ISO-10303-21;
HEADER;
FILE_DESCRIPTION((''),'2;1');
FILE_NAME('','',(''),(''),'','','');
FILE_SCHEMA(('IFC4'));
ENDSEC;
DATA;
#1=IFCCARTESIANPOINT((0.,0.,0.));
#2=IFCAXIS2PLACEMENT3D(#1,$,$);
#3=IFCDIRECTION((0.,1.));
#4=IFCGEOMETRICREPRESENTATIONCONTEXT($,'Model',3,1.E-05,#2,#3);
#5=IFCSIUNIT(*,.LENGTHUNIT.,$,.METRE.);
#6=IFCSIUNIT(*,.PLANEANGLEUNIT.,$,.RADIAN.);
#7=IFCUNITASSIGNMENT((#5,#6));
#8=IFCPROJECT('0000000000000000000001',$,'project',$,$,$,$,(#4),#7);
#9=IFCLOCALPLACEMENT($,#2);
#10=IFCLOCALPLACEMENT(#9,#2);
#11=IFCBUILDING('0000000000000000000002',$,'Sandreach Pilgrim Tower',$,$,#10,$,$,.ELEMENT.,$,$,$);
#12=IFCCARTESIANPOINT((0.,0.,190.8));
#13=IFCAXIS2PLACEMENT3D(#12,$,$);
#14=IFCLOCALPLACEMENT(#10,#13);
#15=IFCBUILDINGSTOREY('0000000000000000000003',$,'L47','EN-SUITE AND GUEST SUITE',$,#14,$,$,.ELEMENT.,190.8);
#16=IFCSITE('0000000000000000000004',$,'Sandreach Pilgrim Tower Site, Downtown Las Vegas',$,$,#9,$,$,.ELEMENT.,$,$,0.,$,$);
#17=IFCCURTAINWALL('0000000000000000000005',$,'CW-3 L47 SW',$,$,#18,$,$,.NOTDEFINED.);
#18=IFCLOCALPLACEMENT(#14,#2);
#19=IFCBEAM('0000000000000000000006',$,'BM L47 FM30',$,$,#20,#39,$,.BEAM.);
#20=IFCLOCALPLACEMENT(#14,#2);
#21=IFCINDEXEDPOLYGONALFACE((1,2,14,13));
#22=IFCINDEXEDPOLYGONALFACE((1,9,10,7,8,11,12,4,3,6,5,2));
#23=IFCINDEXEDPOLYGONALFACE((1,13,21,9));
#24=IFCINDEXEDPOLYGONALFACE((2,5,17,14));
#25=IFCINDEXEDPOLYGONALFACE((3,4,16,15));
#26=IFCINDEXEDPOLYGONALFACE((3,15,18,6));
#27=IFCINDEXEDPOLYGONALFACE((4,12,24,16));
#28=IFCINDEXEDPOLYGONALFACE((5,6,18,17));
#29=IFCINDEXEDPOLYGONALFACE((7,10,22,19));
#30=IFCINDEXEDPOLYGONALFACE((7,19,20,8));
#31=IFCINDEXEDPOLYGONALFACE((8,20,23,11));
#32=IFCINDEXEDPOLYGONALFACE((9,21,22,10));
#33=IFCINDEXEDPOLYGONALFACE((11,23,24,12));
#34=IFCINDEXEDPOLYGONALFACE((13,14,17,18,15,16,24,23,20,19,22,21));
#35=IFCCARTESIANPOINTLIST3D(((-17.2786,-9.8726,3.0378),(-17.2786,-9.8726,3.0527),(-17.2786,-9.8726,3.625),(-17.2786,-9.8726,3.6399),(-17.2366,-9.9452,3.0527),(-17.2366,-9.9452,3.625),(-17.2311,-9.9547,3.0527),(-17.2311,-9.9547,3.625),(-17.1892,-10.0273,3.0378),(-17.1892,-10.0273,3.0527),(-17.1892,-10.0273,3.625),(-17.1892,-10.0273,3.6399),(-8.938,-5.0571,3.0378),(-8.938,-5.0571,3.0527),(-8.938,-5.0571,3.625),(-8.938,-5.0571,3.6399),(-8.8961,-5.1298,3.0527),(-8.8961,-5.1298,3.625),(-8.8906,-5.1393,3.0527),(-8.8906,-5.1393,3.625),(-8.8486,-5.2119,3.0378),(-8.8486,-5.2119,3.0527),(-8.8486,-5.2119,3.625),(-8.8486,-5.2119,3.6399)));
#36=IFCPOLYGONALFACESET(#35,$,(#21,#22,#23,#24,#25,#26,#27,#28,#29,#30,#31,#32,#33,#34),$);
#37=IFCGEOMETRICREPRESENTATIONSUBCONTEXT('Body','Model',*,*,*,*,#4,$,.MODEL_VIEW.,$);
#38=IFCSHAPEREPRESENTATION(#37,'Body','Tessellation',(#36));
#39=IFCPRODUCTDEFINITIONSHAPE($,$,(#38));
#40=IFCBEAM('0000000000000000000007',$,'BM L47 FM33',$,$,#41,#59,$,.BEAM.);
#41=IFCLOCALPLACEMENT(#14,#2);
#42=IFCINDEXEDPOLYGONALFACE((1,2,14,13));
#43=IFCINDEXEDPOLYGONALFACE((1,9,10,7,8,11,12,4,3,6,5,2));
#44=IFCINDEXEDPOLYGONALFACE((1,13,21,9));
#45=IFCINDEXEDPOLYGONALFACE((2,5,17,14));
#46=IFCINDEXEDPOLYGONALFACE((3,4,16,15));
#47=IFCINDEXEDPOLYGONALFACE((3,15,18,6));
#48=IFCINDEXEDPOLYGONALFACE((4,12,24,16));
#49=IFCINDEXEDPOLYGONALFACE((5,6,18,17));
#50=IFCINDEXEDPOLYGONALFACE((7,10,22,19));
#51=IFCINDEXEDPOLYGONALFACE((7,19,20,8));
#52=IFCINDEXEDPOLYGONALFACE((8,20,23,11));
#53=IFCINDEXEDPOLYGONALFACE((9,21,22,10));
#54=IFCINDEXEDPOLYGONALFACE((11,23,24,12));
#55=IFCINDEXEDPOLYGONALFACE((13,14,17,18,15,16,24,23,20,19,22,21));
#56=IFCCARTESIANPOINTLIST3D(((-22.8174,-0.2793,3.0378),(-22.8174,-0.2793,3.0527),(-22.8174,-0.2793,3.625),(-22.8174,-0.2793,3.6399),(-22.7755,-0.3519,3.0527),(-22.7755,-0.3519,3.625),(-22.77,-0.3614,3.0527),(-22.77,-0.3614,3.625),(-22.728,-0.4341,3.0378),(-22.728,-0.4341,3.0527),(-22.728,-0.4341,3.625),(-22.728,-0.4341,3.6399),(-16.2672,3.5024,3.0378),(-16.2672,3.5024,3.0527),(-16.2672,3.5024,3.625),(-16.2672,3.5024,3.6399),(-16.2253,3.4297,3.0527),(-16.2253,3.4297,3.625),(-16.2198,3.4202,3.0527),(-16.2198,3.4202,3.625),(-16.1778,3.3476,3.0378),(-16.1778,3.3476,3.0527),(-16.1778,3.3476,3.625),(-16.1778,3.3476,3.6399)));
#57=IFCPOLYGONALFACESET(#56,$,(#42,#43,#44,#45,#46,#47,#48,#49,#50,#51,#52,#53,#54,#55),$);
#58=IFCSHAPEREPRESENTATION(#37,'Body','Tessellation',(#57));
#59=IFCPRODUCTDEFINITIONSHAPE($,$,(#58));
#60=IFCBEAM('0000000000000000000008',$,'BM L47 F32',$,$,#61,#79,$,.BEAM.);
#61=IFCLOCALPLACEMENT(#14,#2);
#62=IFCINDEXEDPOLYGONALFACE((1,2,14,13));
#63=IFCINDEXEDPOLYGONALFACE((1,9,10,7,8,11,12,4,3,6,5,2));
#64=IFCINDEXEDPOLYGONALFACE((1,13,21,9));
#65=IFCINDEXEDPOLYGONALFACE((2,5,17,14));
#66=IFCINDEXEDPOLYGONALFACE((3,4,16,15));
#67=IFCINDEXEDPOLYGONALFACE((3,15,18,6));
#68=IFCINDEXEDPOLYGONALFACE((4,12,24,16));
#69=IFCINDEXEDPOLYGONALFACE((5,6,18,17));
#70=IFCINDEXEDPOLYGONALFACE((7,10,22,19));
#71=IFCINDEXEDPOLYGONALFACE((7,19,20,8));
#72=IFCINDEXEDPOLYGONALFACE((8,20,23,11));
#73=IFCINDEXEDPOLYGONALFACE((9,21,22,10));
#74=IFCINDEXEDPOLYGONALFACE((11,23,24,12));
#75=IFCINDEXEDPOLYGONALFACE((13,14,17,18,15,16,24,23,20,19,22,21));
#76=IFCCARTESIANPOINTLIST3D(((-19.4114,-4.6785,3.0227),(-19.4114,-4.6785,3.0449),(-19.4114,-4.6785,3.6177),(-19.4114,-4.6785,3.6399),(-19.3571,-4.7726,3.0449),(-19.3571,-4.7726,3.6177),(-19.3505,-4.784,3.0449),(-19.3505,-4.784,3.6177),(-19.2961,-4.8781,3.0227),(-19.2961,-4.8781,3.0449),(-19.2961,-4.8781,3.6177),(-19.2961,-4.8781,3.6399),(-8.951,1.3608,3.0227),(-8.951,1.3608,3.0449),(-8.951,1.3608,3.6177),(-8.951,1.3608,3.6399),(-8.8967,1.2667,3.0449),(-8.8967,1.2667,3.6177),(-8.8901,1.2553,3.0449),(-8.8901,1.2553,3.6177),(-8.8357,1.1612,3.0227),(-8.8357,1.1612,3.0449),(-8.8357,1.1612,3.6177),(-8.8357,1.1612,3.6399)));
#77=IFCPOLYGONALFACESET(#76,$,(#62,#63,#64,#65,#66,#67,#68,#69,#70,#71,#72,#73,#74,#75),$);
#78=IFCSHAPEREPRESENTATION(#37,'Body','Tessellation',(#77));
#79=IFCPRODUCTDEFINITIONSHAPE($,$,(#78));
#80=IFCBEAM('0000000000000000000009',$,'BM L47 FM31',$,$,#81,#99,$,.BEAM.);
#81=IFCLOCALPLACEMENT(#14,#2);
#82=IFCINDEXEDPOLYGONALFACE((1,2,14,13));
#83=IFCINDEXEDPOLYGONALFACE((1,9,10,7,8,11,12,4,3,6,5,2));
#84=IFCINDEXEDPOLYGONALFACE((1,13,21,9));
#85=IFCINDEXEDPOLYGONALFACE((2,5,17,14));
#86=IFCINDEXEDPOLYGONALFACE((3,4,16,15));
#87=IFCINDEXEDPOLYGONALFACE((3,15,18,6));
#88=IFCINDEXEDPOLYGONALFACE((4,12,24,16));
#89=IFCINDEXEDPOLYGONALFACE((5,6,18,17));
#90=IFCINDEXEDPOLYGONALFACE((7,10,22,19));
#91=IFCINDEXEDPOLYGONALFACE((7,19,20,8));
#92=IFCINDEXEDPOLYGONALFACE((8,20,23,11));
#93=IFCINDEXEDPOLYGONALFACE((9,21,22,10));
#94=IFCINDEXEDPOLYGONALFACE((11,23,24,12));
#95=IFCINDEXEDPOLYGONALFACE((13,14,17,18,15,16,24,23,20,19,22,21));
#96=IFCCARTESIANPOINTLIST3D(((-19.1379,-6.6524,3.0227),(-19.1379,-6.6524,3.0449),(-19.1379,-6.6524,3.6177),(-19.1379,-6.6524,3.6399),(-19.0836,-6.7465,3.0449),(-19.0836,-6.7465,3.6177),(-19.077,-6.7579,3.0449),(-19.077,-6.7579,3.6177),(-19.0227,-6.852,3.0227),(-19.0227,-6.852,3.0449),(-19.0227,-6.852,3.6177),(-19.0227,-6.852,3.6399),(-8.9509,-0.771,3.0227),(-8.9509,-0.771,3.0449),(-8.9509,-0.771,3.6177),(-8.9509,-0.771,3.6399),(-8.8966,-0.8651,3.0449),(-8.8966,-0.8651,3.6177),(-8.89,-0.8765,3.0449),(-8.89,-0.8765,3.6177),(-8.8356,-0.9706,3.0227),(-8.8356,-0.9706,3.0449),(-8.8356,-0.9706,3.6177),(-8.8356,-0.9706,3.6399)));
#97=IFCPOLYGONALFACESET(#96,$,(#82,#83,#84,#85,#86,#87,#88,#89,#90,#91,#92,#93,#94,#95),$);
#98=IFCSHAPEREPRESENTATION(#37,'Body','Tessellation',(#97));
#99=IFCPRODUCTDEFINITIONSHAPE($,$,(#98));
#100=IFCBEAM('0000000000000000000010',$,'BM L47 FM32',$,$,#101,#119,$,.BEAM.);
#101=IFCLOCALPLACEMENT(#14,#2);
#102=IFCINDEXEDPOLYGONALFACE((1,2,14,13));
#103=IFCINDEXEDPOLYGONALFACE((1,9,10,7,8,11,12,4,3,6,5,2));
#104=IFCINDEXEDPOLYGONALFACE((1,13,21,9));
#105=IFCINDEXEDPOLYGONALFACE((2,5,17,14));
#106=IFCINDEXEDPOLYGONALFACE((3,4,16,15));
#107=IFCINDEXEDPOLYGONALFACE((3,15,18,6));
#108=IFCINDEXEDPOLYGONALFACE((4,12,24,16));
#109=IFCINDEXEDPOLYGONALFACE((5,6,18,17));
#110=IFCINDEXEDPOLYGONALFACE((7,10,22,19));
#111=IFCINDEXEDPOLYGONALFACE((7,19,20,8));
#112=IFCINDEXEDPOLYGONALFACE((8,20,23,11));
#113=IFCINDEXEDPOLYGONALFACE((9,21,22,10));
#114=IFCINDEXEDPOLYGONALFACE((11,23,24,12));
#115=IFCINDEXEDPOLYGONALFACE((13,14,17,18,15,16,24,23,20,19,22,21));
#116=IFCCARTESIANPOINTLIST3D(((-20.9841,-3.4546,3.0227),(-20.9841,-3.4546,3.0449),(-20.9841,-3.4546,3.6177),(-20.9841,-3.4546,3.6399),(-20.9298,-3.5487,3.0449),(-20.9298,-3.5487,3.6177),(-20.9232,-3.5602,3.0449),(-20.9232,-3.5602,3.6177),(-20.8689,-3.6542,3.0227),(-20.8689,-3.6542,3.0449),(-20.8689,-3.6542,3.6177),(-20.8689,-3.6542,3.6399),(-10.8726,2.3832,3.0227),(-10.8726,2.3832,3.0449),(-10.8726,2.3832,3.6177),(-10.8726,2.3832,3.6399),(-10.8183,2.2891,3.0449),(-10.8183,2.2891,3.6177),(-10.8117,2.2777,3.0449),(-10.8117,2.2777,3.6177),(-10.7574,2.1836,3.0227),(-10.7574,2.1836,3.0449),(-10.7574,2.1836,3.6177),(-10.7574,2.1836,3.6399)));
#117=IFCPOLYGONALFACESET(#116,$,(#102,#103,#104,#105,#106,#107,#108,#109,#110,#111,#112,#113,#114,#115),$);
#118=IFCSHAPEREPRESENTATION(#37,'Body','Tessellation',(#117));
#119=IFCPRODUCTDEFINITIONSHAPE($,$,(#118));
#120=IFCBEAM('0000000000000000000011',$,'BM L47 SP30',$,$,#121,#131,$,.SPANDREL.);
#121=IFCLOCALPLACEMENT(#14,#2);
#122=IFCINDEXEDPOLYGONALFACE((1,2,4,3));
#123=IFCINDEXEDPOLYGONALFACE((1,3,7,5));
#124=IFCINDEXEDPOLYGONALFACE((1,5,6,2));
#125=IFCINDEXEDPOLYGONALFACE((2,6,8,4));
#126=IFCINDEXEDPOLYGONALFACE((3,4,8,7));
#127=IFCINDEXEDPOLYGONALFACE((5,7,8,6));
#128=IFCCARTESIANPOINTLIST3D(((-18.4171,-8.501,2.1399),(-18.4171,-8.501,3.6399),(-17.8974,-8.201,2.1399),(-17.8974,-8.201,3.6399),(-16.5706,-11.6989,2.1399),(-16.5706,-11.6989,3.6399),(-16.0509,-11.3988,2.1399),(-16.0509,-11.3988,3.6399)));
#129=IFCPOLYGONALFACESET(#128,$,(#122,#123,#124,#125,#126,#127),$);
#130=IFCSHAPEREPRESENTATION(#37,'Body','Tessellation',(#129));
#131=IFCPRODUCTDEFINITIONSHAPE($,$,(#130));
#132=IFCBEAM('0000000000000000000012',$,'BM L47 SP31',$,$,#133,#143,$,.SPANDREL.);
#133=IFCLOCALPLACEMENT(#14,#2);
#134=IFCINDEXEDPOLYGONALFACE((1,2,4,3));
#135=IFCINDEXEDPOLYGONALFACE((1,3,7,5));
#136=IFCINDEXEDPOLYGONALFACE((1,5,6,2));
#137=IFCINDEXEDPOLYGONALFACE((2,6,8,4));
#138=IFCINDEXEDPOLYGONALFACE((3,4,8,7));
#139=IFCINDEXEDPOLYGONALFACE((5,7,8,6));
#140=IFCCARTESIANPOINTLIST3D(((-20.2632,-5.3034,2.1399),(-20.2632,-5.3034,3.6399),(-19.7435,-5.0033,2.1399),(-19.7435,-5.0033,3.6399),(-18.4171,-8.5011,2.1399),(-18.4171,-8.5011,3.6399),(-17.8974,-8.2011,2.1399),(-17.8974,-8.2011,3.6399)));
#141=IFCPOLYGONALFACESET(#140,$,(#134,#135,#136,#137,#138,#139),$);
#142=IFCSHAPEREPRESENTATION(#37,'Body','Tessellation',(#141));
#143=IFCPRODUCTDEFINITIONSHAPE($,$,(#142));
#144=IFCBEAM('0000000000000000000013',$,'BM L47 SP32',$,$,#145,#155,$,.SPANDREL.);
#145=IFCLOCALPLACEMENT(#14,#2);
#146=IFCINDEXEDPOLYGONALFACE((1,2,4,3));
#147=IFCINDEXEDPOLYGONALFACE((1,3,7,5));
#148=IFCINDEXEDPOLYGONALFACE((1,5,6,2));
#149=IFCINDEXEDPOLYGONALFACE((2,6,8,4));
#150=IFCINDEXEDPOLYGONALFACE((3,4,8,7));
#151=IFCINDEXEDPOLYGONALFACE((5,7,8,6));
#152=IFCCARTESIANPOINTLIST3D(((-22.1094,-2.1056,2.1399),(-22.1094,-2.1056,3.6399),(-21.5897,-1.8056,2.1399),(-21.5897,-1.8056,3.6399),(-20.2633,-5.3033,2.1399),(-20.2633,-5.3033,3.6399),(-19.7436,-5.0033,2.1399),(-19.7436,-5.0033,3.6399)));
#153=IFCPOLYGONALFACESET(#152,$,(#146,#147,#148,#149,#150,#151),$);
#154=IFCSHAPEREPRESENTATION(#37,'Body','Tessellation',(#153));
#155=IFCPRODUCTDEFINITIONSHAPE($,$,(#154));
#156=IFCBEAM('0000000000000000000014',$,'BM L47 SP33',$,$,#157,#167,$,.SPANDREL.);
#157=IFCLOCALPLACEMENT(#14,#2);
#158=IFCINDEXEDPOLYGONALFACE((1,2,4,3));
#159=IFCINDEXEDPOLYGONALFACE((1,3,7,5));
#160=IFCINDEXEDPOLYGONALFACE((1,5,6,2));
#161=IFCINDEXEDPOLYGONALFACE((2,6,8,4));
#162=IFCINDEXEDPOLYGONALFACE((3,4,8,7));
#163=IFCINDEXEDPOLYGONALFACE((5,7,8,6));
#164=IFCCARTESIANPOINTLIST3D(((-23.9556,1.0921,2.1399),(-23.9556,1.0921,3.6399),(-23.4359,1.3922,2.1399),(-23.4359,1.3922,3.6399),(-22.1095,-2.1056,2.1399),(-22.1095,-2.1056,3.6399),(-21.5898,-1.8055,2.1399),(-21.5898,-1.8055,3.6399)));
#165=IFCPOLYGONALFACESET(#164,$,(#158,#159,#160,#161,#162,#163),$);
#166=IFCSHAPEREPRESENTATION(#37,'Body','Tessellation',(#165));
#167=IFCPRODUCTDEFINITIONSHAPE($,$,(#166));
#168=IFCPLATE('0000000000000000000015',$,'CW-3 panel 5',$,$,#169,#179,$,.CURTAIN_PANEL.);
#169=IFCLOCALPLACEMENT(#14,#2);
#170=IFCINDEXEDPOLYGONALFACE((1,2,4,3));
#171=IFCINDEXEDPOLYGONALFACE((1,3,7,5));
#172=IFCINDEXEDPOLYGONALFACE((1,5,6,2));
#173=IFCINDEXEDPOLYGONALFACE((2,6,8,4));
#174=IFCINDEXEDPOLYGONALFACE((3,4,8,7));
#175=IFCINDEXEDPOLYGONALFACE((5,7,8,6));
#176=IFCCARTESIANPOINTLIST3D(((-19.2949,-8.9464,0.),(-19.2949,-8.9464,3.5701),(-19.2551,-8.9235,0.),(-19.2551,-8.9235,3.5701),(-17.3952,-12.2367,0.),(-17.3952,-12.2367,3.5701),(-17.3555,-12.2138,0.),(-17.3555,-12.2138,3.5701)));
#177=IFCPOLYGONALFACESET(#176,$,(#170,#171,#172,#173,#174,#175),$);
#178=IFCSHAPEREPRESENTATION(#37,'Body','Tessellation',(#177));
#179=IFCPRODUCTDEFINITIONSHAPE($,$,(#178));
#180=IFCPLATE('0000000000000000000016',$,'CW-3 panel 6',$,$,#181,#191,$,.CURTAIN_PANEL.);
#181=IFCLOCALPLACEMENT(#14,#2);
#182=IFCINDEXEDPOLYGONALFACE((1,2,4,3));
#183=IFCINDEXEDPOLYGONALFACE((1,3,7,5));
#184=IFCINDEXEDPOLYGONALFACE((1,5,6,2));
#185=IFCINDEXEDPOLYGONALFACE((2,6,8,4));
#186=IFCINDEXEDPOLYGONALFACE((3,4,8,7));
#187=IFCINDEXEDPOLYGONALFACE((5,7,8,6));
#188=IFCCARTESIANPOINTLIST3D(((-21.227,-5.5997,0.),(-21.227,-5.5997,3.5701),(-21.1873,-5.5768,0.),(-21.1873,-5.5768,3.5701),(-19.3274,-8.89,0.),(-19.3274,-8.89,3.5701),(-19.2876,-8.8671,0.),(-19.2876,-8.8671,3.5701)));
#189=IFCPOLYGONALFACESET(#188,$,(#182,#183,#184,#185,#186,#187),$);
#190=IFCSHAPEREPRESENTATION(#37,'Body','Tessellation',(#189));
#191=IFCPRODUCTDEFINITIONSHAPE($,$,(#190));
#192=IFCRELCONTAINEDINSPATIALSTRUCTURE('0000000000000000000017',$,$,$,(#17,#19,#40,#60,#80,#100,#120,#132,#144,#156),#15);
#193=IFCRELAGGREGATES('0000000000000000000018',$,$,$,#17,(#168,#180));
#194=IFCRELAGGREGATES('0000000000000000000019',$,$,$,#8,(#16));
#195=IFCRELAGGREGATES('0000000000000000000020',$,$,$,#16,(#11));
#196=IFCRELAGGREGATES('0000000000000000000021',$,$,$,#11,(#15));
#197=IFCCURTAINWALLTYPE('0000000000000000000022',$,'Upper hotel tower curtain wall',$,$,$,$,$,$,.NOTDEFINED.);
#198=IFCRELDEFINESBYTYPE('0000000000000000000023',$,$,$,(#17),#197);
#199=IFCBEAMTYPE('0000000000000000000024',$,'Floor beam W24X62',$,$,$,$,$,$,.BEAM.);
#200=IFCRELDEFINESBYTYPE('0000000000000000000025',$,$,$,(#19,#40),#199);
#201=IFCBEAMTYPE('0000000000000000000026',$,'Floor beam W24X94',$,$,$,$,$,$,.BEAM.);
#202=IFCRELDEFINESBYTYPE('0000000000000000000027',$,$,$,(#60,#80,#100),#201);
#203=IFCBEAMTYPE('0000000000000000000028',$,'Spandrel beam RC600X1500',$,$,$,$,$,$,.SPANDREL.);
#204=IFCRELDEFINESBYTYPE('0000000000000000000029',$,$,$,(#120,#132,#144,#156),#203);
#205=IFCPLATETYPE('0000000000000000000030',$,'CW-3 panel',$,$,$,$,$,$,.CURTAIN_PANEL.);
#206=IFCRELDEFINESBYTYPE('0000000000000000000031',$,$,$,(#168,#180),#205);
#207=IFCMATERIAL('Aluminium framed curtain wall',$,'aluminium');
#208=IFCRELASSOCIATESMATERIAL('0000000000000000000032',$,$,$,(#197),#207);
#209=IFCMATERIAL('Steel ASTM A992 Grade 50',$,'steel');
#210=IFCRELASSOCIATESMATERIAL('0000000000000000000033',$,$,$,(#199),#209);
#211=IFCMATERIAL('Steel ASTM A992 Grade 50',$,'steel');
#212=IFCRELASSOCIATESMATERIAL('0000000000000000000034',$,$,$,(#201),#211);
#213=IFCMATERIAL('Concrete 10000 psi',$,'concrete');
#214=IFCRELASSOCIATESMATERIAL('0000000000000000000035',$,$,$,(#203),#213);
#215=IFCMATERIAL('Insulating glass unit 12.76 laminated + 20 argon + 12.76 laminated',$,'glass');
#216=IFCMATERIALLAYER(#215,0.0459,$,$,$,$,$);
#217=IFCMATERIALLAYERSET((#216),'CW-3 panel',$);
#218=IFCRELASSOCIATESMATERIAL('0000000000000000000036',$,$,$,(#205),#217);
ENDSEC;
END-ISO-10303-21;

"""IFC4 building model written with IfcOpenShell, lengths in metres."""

from ifc_helpers import new_model, si_unit, direction, frame, origin, origin_2d, place, context, subcontext, project, spatial, rectangle, i_section, extrude, material, layer, layer_set, material_profile, profile_set, type_object, element, aggregate, save


model = new_model("IFC4")

# Units and contexts
model_context = context("Model", 3, precision=1e-05, world=origin(), true_north=direction((0.0, 1.0)))
body_context = subcontext(model_context, "Body", "Model", "MODEL_VIEW")
ifc_project = project(units=[si_unit("LENGTHUNIT", "METRE"), si_unit("PLANEANGLEUNIT", "RADIAN")], contexts=[model_context])

# Site, building, storey
site_placement = place(None, origin())
site = spatial("IfcSite", under=ifc_project, at=site_placement, Name="Sandreach Pilgrim Tower Site, Downtown Las Vegas", CompositionType="ELEMENT", RefElevation=0.0)
building_placement = place(site_placement, origin())
building = spatial("IfcBuilding", under=site, at=building_placement, Name="Sandreach Pilgrim Tower", CompositionType="ELEMENT")
storey_placement = place(building_placement, frame((0.0, 0.0, 190.8)))
storey = spatial("IfcBuildingStorey", under=building, at=storey_placement, Name="L47", Description="EN-SUITE AND GUEST SUITE", CompositionType="ELEMENT", Elevation=190.8)

# Curtain wall
ifc_material_1 = material(Name="Aluminium framed curtain wall", Category="aluminium")
curtain_wall_type = type_object("IfcCurtainWallType", Name="Upper hotel tower curtain wall", PredefinedType="NOTDEFINED", material=ifc_material_1)
curtain_wall_placement = place(storey_placement, origin())
curtain_wall = element("IfcCurtainWall", 1, at=curtain_wall_placement, inside=storey, type_object=curtain_wall_type, Name="CW-3 L47 SW", PredefinedType="NOTDEFINED")

# Beams
ifc_material_2 = material(Name="Steel ASTM A992 Grade 50", Category="steel")
ifc_material_profile_1 = material_profile(ifc_material_2, i_section(OverallWidth=0.1787, OverallDepth=0.6021, WebThickness=0.011, FlangeThickness=0.0149, at=origin_2d()), Name="W24X62")
ifc_profile_set_1 = profile_set([ifc_material_profile_1], Name="Steel ASTM A992 Grade 50")
beam_type_1 = type_object("IfcBeamType", Name="Floor beam W24X62", PredefinedType="BEAM", material=ifc_profile_set_1)
beam_1_placement = place(storey_placement, frame((-17.2339, -9.95, 3.3389), z_axis=(0.866026, 0.5, 0.0), x_axis=(-0.5, 0.866026, 0.0)))
element("IfcBeam", 2, at=beam_1_placement, inside=storey, type_object=beam_type_1, Name="BM L47 FM30", PredefinedType="BEAM", context=body_context, shape_type="SweptSolid", body=[
    extrude(i_section(OverallWidth=0.1787, OverallDepth=0.6021, WebThickness=0.011, FlangeThickness=0.0149, at=origin_2d()), origin(), (0.0, 0.0, 1.0), 9.6309),
])
beam_2_placement = place(storey_placement, frame((-22.7727, -0.3567, 3.3389), z_axis=(0.86603, 0.499993, 0.0), x_axis=(-0.499993, 0.86603, 0.0)))
element("IfcBeam", 3, at=beam_2_placement, inside=storey, type_object=beam_type_1, Name="BM L47 FM33", PredefinedType="BEAM", context=body_context, shape_type="SweptSolid", body=[
    extrude(i_section(OverallWidth=0.1787, OverallDepth=0.6021, WebThickness=0.011, FlangeThickness=0.0149, at=origin_2d()), origin(), (0.0, 0.0, 1.0), 7.5635),
])
ifc_material_3 = material(Name="Steel ASTM A992 Grade 50", Category="steel")
ifc_material_profile_2 = material_profile(ifc_material_3, i_section(OverallWidth=0.2305, OverallDepth=0.6172, WebThickness=0.0132, FlangeThickness=0.0222, at=origin_2d()), Name="W24X94")
ifc_profile_set_2 = profile_set([ifc_material_profile_2], Name="Steel ASTM A992 Grade 50")
beam_type_2 = type_object("IfcBeamType", Name="Floor beam W24X94", PredefinedType="BEAM", material=ifc_profile_set_2)
beam_3_placement = place(storey_placement, frame((-19.3538, -4.7783, 3.3313), z_axis=(0.866027, 0.499998, 0.0), x_axis=(-0.499998, 0.866027, 0.0)))
element("IfcBeam", 4, at=beam_3_placement, inside=storey, type_object=beam_type_2, Name="BM L47 F32", PredefinedType="BEAM", context=body_context, shape_type="SweptSolid", body=[
    extrude(i_section(OverallWidth=0.2305, OverallDepth=0.6172, WebThickness=0.0132, FlangeThickness=0.0222, at=origin_2d()), origin(), (0.0, 0.0, 1.0), 12.0786),
])
beam_4_placement = place(storey_placement, frame((-19.0803, -6.7522, 3.3313), z_axis=(0.86603, 0.499992, 0.0), x_axis=(-0.499992, 0.86603, 0.0)))
element("IfcBeam", 5, at=beam_4_placement, inside=storey, type_object=beam_type_2, Name="BM L47 FM31", PredefinedType="BEAM", context=body_context, shape_type="SweptSolid", body=[
    extrude(i_section(OverallWidth=0.2305, OverallDepth=0.6172, WebThickness=0.0132, FlangeThickness=0.0222, at=origin_2d()), origin(), (0.0, 0.0, 1.0), 11.7629),
])
beam_5_placement = place(storey_placement, frame((-20.9265, -3.5544, 3.3313), z_axis=(0.866026, 0.499998, 0.0), x_axis=(-0.499998, 0.866026, 0.0)))
element("IfcBeam", 6, at=beam_5_placement, inside=storey, type_object=beam_type_2, Name="BM L47 FM32", PredefinedType="BEAM", context=body_context, shape_type="SweptSolid", body=[
    extrude(i_section(OverallWidth=0.2305, OverallDepth=0.6172, WebThickness=0.0132, FlangeThickness=0.0222, at=origin_2d()), origin(), (0.0, 0.0, 1.0), 11.6758),
])
ifc_material_4 = material(Name="Concrete 10000 psi", Category="concrete")
ifc_material_profile_3 = material_profile(ifc_material_4, rectangle(XDim=0.6001, YDim=1.5, at=origin_2d()), Name="RC600X1500")
ifc_profile_set_3 = profile_set([ifc_material_profile_3], Name="Concrete 10000 psi")
beam_type_3 = type_object("IfcBeamType", Name="Spandrel beam RC600X1500", PredefinedType="SPANDREL", material=ifc_profile_set_3)
beam_6_placement = place(storey_placement, frame((-16.3108, -11.5488, 2.8899), z_axis=(-0.500043, 0.866001, 0.0), x_axis=(-0.866001, -0.500043, 0.0)))
element("IfcBeam", 7, at=beam_6_placement, inside=storey, type_object=beam_type_3, Name="BM L47 SP30", PredefinedType="SPANDREL", context=body_context, shape_type="SweptSolid", body=[
    extrude(rectangle(XDim=0.6001, YDim=1.5, at=origin_2d()), origin(), (0.0, 0.0, 1.0), 3.6926),
])
for number, where, z_axis, x_axis, name in (
    (8, (-18.1572, -8.3511, 2.8899), (-0.499993, 0.866029, 0.0), (-0.866029, -0.499993, 0.0), "BM L47 SP31"),
    (9, (-20.0034, -5.1533, 2.8899), (-0.499993, 0.866029, 0.0), (-0.866029, -0.499993, 0.0), "BM L47 SP32"),
    (10, (-21.8496, -1.9556, 2.8899), (-0.499993, 0.866029, 0.0), (-0.866029, -0.499993, 0.0), "BM L47 SP33"),
):
    element("IfcBeam", number, at=place(storey_placement, frame(where, z_axis=z_axis, x_axis=x_axis)), inside=storey, type_object=beam_type_3, Name=name, PredefinedType="SPANDREL", context=body_context, shape_type="SweptSolid", body=[
        extrude(rectangle(XDim=0.6001, YDim=1.5, at=origin_2d()), origin(), (0.0, 0.0, 1.0), 3.6924),
    ])

# Plates
ifc_material_5 = material(Name="Insulating glass unit 12.76 laminated + 20 argon + 12.76 laminated", Category="glass")
ifc_layer_1 = layer(ifc_material_5, 0.0459)
ifc_layer_set_1 = layer_set([ifc_layer_1], Name="CW-3 panel")
plate_type = type_object("IfcPlateType", Name="CW-3 panel", PredefinedType="CURTAIN_PANEL", material=ifc_layer_set_1)
plate_1_placement = place(storey_placement, frame((-18.3252, -10.5801, 0.0), z_axis=(0.0, 0.0, 1.0), x_axis=(-0.5, 0.866025, 0.0)))
plate_1 = element("IfcPlate", 11, at=plate_1_placement, type_object=plate_type, Name="CW-3 panel 5", PredefinedType="CURTAIN_PANEL", context=body_context, shape_type="SweptSolid", body=[
    extrude(rectangle(XDim=3.7993, YDim=0.0459, at=origin_2d()), origin(), (0.0, 0.0, 1.0), 3.5701),
])
plate_2_placement = place(storey_placement, frame((-20.2573, -7.2334, 0.0), z_axis=(0.0, 0.0, 1.0), x_axis=(-0.5, 0.866025, 0.0)))
plate_2 = element("IfcPlate", 12, at=plate_2_placement, type_object=plate_type, Name="CW-3 panel 6", PredefinedType="CURTAIN_PANEL", context=body_context, shape_type="SweptSolid", body=[
    extrude(rectangle(XDim=3.7993, YDim=0.0459, at=origin_2d()), origin(), (0.0, 0.0, 1.0), 3.5701),
])
aggregate(curtain_wall, [plate_1, plate_2])

save(model, "model.ifc")
